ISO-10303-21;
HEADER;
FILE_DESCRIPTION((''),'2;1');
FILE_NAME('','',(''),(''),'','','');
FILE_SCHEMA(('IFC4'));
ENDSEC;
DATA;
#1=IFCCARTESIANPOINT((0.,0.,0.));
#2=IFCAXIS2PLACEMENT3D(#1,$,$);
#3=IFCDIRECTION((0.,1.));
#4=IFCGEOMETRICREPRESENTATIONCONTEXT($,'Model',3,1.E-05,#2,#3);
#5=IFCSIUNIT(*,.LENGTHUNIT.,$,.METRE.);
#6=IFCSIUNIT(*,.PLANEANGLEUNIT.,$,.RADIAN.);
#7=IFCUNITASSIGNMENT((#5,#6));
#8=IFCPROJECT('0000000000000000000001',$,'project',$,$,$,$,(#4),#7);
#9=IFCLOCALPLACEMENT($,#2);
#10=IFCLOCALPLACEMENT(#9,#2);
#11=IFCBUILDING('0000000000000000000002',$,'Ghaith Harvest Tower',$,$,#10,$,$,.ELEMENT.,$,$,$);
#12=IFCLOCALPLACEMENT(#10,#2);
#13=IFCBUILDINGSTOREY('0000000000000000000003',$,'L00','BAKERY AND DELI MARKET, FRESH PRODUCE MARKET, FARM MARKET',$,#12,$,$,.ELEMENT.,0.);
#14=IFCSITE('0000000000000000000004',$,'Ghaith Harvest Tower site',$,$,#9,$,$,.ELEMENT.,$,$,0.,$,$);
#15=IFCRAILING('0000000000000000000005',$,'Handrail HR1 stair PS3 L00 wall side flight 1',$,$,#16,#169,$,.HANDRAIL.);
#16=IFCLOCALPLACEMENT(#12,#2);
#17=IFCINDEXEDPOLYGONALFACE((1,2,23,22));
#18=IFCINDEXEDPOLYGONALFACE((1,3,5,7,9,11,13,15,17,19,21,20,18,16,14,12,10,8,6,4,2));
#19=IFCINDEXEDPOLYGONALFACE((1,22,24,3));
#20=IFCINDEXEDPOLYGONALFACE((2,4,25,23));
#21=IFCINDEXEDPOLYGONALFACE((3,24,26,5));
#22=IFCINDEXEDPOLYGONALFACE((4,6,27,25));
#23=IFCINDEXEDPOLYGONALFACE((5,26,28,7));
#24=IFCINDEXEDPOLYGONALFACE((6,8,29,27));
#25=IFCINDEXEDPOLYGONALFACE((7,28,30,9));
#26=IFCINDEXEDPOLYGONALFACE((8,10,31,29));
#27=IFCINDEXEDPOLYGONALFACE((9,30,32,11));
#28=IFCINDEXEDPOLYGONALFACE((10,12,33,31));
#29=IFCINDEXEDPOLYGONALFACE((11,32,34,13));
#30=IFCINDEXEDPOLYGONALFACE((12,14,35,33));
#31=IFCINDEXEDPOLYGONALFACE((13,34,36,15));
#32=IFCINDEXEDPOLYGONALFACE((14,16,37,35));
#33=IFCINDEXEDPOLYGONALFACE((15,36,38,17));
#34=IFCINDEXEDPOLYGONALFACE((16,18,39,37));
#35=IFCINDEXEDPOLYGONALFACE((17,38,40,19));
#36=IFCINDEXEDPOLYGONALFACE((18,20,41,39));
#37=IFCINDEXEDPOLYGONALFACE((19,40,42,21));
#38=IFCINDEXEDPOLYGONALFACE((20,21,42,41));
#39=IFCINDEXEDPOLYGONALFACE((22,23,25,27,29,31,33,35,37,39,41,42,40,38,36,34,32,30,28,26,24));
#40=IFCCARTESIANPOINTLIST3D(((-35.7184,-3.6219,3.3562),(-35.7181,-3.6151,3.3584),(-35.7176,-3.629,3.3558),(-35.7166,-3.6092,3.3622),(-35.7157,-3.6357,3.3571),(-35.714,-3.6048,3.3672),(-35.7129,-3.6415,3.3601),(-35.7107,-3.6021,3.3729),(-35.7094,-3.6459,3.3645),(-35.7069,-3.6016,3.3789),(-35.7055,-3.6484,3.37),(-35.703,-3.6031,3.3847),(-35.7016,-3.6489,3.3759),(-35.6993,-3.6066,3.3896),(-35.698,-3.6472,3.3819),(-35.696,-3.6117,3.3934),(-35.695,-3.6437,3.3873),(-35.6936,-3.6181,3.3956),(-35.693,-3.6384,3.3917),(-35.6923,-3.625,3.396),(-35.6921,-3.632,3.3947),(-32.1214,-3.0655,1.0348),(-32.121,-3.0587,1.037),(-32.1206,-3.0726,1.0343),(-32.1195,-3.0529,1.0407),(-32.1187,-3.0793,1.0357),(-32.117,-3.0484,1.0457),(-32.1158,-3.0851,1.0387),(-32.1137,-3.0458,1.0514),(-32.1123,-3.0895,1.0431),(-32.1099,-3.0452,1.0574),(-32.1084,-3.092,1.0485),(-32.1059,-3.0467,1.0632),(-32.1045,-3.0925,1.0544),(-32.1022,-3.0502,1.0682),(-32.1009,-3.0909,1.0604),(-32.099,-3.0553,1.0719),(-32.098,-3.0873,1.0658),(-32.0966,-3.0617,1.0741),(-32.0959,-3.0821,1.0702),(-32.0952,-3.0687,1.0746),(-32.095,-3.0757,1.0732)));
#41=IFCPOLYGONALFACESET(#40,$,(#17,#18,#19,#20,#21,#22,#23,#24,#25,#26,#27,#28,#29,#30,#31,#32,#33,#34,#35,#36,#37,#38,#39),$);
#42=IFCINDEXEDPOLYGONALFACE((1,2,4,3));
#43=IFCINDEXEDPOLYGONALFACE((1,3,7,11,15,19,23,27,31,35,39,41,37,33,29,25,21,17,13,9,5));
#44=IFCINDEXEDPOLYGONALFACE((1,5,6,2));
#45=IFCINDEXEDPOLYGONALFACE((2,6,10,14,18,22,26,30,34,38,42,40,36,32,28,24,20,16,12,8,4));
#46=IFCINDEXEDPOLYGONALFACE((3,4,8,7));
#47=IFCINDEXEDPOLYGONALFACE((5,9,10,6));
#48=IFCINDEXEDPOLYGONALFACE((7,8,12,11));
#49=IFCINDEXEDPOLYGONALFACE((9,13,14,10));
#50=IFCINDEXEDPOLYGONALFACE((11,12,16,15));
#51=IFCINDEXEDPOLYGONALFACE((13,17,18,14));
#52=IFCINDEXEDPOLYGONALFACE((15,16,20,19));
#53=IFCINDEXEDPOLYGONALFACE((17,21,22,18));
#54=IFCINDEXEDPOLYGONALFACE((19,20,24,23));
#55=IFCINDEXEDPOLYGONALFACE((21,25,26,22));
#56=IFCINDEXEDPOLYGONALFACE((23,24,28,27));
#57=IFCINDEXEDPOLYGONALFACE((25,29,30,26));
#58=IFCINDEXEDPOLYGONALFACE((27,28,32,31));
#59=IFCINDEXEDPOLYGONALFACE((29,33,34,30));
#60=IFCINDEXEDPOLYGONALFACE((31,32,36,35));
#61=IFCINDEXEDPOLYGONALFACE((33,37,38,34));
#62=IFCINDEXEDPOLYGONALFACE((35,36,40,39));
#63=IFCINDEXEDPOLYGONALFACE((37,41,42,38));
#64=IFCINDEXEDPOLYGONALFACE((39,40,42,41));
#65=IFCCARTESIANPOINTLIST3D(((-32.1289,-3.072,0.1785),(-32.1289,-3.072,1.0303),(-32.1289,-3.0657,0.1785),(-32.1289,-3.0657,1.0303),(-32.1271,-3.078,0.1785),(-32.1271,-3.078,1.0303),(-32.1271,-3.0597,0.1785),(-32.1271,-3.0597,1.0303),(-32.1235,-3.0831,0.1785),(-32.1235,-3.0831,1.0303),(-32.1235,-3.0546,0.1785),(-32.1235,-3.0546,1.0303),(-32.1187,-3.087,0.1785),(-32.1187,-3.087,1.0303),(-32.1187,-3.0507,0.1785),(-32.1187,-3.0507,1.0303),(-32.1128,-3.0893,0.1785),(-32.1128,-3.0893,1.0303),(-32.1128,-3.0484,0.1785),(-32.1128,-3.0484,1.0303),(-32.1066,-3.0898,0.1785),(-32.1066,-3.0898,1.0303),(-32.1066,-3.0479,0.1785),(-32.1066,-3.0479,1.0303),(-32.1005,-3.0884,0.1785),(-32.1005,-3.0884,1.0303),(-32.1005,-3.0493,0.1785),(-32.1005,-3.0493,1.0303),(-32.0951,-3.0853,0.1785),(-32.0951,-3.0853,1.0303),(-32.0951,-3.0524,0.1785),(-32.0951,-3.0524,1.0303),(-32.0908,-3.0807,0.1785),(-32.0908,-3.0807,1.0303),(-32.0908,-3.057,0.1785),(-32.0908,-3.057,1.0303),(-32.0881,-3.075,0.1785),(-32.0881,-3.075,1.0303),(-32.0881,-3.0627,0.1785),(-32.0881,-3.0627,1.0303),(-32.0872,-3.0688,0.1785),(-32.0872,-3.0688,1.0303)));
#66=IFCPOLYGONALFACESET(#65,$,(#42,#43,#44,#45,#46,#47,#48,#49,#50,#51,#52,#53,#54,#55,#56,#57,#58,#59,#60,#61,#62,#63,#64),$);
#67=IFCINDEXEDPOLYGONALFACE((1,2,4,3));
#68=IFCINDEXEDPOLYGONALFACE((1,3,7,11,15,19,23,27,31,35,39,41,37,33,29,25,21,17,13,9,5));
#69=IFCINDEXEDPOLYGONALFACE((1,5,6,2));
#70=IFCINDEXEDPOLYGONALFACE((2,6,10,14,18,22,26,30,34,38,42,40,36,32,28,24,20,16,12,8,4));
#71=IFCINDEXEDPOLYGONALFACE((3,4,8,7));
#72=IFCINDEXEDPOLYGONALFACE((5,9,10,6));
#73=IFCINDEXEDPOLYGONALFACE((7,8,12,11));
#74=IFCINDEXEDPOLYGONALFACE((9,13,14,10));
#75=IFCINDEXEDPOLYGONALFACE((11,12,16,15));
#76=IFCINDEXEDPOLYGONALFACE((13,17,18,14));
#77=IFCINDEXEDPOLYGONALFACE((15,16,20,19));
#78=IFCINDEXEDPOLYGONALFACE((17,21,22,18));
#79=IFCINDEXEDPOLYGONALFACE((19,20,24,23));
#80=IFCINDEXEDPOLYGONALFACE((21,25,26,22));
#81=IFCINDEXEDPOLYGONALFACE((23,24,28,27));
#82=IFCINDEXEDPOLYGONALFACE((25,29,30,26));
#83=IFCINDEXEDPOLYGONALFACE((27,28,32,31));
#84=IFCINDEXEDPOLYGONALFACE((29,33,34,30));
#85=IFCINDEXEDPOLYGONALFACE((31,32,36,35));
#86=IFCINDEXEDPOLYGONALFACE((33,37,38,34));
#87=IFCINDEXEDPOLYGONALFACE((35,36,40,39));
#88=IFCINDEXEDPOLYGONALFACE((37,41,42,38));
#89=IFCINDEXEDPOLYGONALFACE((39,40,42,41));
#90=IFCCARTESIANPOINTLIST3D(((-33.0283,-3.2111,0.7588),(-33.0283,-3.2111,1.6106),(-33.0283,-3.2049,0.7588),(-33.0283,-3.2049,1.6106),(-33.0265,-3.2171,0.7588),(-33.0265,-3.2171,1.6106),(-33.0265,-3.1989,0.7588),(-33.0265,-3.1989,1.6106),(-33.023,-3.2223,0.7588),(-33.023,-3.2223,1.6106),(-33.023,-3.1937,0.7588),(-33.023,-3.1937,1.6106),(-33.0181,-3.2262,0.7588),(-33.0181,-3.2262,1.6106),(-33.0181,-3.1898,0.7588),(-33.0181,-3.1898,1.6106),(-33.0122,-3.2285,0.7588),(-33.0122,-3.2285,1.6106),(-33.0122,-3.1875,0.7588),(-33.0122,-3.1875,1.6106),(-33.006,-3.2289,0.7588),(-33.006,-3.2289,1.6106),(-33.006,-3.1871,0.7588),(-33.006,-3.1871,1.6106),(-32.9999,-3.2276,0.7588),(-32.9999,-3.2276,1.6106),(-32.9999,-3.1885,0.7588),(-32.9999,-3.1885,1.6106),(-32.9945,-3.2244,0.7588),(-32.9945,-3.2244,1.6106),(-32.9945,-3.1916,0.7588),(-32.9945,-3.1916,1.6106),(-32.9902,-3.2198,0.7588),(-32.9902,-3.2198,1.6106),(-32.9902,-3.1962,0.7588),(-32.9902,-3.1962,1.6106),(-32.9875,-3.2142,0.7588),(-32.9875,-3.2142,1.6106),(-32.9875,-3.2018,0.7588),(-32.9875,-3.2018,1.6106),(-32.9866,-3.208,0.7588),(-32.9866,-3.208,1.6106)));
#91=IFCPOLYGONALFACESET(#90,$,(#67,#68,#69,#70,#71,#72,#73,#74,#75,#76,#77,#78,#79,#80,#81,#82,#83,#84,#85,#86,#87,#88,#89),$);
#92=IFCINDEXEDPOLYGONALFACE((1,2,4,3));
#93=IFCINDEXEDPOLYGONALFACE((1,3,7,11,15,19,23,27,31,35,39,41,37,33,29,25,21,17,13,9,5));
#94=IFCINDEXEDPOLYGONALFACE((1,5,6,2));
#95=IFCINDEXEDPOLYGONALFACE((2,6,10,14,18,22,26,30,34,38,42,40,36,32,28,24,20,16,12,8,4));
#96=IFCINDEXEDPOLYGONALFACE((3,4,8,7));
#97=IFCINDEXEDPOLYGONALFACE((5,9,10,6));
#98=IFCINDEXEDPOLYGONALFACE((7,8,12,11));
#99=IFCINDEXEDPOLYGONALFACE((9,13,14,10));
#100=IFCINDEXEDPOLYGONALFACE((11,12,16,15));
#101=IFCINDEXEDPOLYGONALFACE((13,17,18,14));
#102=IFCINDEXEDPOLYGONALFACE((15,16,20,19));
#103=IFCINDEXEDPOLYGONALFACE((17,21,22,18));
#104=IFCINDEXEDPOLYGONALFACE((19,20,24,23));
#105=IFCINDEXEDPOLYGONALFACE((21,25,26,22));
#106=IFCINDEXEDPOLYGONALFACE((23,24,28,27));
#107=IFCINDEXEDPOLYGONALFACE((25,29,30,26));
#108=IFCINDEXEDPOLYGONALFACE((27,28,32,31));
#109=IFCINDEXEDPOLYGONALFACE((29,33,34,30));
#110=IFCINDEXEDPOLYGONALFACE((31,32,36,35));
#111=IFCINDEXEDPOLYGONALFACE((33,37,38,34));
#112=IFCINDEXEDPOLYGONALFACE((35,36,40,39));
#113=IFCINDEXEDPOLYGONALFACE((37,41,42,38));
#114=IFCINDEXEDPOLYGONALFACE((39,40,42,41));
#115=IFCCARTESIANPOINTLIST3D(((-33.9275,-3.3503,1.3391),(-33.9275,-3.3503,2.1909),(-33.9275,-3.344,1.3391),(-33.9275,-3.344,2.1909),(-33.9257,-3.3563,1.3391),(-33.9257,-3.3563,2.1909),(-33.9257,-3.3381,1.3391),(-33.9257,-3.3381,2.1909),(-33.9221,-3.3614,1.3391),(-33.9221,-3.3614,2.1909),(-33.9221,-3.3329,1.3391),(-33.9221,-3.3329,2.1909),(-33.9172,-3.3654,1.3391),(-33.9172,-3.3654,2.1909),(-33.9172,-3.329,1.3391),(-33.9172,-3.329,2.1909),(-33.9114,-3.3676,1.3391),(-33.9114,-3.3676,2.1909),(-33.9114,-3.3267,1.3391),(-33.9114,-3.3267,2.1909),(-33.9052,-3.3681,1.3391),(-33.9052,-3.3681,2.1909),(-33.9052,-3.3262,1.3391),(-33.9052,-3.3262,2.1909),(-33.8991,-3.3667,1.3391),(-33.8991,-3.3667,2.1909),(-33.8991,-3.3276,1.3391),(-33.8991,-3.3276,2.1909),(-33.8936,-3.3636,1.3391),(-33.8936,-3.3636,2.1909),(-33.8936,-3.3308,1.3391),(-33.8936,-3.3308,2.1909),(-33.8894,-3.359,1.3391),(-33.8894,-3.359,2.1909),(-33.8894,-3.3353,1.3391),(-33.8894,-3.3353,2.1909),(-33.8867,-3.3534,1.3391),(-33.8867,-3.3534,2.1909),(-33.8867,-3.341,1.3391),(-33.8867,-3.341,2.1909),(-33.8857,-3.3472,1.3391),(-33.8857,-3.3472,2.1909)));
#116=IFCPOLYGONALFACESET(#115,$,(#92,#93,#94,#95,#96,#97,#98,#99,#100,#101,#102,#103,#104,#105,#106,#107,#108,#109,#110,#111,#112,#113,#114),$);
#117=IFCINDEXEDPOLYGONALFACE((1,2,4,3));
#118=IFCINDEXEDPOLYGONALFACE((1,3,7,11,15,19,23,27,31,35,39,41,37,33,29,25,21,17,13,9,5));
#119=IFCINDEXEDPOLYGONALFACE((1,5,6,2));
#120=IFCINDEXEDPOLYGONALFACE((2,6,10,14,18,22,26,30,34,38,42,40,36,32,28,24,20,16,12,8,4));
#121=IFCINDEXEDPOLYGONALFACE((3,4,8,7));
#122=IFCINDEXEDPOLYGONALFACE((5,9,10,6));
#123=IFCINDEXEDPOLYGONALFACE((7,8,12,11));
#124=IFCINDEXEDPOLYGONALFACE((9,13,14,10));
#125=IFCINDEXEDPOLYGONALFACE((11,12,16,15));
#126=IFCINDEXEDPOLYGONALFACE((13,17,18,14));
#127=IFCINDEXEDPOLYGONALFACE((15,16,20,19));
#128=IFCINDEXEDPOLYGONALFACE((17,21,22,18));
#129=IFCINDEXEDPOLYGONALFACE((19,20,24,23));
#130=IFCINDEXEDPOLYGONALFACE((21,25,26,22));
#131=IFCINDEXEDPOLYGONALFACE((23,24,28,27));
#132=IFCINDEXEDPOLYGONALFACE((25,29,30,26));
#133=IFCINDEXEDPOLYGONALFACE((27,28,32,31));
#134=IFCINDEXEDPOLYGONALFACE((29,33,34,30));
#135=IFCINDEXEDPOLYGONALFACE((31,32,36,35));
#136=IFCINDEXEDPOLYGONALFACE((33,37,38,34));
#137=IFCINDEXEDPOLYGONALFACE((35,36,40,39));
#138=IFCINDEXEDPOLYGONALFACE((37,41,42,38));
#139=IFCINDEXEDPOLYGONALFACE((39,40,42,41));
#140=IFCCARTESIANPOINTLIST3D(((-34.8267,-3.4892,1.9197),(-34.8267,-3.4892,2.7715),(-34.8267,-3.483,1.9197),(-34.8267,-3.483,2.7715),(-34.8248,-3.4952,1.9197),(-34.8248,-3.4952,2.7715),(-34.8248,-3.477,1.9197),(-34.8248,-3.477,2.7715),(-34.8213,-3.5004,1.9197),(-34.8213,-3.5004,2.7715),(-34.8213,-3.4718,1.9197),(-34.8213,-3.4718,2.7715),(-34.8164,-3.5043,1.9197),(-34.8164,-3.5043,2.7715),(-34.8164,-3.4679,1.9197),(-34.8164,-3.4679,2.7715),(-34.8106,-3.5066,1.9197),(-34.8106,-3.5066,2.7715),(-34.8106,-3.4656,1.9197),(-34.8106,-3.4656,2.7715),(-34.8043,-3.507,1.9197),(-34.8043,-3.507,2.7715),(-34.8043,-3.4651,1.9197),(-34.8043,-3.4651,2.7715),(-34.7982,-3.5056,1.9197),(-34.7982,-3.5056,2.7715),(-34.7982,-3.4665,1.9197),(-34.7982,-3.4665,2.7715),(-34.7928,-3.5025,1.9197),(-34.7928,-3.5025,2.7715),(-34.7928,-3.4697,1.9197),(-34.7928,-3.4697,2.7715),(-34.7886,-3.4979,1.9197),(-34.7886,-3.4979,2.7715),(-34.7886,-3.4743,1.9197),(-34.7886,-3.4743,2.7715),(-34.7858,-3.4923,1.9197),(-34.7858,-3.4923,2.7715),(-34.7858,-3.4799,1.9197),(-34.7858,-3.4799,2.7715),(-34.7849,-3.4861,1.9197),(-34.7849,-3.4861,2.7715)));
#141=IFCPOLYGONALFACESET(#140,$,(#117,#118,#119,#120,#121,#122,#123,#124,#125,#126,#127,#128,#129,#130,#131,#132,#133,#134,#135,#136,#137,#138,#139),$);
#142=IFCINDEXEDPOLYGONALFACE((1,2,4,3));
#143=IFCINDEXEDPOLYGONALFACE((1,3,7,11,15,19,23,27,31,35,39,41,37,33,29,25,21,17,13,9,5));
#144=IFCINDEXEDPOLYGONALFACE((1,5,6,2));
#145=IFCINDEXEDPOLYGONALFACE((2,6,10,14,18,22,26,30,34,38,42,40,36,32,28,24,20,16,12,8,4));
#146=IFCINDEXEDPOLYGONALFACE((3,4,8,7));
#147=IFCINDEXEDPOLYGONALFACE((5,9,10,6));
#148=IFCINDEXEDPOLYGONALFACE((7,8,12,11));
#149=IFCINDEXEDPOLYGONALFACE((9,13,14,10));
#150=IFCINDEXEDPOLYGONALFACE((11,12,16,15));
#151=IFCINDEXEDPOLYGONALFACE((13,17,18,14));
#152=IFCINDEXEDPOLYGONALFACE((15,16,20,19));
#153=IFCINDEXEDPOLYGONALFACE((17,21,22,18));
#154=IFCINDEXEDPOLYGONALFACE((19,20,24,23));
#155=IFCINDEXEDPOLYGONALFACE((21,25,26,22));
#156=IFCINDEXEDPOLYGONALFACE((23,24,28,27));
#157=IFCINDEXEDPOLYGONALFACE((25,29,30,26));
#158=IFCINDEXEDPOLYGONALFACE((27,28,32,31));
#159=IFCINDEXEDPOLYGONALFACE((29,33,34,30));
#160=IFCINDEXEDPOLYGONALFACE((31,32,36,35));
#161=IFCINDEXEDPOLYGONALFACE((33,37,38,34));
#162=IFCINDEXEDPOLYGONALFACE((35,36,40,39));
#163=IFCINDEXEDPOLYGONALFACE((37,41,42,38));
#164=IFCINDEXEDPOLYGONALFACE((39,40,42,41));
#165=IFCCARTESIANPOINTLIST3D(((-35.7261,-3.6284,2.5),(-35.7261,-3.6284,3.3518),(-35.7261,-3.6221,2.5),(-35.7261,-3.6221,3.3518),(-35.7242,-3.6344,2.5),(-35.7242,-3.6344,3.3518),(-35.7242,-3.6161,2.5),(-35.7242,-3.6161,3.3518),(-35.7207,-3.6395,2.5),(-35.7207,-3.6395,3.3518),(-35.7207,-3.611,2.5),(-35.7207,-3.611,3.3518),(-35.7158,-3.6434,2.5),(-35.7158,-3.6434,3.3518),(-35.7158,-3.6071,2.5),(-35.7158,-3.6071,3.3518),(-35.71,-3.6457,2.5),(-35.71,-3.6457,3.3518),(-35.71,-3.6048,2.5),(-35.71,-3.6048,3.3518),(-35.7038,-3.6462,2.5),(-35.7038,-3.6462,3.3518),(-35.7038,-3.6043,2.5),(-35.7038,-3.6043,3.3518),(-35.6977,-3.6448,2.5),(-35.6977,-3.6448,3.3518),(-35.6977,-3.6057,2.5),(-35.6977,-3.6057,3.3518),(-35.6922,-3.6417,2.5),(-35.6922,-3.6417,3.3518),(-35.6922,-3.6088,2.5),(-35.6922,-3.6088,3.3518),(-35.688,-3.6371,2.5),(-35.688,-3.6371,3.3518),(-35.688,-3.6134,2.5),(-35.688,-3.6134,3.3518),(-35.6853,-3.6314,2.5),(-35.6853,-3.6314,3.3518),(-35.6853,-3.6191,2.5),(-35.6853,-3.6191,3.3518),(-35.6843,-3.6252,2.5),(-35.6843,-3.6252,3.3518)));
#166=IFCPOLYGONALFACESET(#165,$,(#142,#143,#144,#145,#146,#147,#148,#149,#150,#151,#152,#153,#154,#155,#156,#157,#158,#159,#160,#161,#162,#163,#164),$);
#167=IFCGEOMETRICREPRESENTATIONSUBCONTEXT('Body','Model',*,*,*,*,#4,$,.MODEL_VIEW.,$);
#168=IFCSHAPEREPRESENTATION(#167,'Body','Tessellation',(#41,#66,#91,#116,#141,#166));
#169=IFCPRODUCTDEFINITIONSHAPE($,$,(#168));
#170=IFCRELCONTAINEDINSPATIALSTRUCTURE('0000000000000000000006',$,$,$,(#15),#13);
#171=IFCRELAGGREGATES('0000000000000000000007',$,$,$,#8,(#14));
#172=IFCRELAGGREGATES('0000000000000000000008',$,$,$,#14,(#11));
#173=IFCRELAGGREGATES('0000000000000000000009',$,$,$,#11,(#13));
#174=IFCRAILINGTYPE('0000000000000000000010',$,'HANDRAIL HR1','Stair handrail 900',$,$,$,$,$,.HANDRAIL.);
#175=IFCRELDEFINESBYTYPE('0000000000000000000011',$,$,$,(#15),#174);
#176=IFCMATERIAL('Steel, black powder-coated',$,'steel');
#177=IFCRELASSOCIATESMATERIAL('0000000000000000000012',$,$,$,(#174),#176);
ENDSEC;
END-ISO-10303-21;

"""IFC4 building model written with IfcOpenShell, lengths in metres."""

from ifc_helpers import new_model, si_unit, direction, frame, origin, origin_2d, place, context, subcontext, project, spatial, circle, extrude, material, type_object, element, save


model = new_model("IFC4")

# Units and contexts
model_context = context("Model", 3, precision=1e-05, world=origin(), true_north=direction((0.0, 1.0)))
body_context = subcontext(model_context, "Body", "Model", "MODEL_VIEW")
ifc_project = project(units=[si_unit("LENGTHUNIT", "METRE"), si_unit("PLANEANGLEUNIT", "RADIAN")], contexts=[model_context])

# Site, building, storey
site_placement = place(None, origin())
site = spatial("IfcSite", under=ifc_project, at=site_placement, Name="Ghaith Harvest Tower site", CompositionType="ELEMENT", RefElevation=0.0)
building_placement = place(site_placement, origin())
building = spatial("IfcBuilding", under=site, at=building_placement, Name="Ghaith Harvest Tower", CompositionType="ELEMENT")
storey_placement = place(building_placement, origin())
storey = spatial("IfcBuildingStorey", under=building, at=storey_placement, Name="L00", Description="BAKERY AND DELI MARKET, FRESH PRODUCE MARKET, FARM MARKET", CompositionType="ELEMENT", Elevation=0.0)

# Railing
ifc_material_1 = material(Name="Steel, black powder-coated", Category="steel")
railing_type = type_object("IfcRailingType", Name="HANDRAIL HR1", Description="Stair handrail 900", PredefinedType="HANDRAIL", material=ifc_material_1)
railing_1_placement = place(storey_placement, frame((-32.1082, -3.0688, 0.1785)))
element("IfcRailing", 1, at=railing_1_placement, inside=storey, type_object=railing_type, Name="Handrail HR1 stair PS3 L00 wall side flight 1", PredefinedType="HANDRAIL", context=body_context, shape_type="SweptSolid", body=[
    extrude(circle(Radius=0.0239, at=origin_2d()), frame((0.0, 0.0, 0.876), z_axis=(-0.833207, -0.128877, 0.537733), x_axis=(0.152859, -0.988248, 0.0)), (0.0, 0.0, 1.0), 4.3171),
    extrude(circle(Radius=0.021, at=origin_2d()), origin(), (0.0, 0.0, 1.0), 0.8518),
    extrude(circle(Radius=0.021, at=origin_2d()), frame((-0.8994, -0.1392, 0.5803)), (0.0, 0.0, 1.0), 0.8518),
    extrude(circle(Radius=0.021, at=origin_2d()), frame((-1.7986, -0.2783, 1.1606)), (0.0, 0.0, 1.0), 0.8518),
    extrude(circle(Radius=0.021, at=origin_2d()), frame((-2.6978, -0.4172, 1.7412)), (0.0, 0.0, 1.0), 0.8518),
    extrude(circle(Radius=0.021, at=origin_2d()), frame((-3.5972, -0.5564, 2.3215)), (0.0, 0.0, 1.0), 0.8518),
])

save(model, "model.ifc")
